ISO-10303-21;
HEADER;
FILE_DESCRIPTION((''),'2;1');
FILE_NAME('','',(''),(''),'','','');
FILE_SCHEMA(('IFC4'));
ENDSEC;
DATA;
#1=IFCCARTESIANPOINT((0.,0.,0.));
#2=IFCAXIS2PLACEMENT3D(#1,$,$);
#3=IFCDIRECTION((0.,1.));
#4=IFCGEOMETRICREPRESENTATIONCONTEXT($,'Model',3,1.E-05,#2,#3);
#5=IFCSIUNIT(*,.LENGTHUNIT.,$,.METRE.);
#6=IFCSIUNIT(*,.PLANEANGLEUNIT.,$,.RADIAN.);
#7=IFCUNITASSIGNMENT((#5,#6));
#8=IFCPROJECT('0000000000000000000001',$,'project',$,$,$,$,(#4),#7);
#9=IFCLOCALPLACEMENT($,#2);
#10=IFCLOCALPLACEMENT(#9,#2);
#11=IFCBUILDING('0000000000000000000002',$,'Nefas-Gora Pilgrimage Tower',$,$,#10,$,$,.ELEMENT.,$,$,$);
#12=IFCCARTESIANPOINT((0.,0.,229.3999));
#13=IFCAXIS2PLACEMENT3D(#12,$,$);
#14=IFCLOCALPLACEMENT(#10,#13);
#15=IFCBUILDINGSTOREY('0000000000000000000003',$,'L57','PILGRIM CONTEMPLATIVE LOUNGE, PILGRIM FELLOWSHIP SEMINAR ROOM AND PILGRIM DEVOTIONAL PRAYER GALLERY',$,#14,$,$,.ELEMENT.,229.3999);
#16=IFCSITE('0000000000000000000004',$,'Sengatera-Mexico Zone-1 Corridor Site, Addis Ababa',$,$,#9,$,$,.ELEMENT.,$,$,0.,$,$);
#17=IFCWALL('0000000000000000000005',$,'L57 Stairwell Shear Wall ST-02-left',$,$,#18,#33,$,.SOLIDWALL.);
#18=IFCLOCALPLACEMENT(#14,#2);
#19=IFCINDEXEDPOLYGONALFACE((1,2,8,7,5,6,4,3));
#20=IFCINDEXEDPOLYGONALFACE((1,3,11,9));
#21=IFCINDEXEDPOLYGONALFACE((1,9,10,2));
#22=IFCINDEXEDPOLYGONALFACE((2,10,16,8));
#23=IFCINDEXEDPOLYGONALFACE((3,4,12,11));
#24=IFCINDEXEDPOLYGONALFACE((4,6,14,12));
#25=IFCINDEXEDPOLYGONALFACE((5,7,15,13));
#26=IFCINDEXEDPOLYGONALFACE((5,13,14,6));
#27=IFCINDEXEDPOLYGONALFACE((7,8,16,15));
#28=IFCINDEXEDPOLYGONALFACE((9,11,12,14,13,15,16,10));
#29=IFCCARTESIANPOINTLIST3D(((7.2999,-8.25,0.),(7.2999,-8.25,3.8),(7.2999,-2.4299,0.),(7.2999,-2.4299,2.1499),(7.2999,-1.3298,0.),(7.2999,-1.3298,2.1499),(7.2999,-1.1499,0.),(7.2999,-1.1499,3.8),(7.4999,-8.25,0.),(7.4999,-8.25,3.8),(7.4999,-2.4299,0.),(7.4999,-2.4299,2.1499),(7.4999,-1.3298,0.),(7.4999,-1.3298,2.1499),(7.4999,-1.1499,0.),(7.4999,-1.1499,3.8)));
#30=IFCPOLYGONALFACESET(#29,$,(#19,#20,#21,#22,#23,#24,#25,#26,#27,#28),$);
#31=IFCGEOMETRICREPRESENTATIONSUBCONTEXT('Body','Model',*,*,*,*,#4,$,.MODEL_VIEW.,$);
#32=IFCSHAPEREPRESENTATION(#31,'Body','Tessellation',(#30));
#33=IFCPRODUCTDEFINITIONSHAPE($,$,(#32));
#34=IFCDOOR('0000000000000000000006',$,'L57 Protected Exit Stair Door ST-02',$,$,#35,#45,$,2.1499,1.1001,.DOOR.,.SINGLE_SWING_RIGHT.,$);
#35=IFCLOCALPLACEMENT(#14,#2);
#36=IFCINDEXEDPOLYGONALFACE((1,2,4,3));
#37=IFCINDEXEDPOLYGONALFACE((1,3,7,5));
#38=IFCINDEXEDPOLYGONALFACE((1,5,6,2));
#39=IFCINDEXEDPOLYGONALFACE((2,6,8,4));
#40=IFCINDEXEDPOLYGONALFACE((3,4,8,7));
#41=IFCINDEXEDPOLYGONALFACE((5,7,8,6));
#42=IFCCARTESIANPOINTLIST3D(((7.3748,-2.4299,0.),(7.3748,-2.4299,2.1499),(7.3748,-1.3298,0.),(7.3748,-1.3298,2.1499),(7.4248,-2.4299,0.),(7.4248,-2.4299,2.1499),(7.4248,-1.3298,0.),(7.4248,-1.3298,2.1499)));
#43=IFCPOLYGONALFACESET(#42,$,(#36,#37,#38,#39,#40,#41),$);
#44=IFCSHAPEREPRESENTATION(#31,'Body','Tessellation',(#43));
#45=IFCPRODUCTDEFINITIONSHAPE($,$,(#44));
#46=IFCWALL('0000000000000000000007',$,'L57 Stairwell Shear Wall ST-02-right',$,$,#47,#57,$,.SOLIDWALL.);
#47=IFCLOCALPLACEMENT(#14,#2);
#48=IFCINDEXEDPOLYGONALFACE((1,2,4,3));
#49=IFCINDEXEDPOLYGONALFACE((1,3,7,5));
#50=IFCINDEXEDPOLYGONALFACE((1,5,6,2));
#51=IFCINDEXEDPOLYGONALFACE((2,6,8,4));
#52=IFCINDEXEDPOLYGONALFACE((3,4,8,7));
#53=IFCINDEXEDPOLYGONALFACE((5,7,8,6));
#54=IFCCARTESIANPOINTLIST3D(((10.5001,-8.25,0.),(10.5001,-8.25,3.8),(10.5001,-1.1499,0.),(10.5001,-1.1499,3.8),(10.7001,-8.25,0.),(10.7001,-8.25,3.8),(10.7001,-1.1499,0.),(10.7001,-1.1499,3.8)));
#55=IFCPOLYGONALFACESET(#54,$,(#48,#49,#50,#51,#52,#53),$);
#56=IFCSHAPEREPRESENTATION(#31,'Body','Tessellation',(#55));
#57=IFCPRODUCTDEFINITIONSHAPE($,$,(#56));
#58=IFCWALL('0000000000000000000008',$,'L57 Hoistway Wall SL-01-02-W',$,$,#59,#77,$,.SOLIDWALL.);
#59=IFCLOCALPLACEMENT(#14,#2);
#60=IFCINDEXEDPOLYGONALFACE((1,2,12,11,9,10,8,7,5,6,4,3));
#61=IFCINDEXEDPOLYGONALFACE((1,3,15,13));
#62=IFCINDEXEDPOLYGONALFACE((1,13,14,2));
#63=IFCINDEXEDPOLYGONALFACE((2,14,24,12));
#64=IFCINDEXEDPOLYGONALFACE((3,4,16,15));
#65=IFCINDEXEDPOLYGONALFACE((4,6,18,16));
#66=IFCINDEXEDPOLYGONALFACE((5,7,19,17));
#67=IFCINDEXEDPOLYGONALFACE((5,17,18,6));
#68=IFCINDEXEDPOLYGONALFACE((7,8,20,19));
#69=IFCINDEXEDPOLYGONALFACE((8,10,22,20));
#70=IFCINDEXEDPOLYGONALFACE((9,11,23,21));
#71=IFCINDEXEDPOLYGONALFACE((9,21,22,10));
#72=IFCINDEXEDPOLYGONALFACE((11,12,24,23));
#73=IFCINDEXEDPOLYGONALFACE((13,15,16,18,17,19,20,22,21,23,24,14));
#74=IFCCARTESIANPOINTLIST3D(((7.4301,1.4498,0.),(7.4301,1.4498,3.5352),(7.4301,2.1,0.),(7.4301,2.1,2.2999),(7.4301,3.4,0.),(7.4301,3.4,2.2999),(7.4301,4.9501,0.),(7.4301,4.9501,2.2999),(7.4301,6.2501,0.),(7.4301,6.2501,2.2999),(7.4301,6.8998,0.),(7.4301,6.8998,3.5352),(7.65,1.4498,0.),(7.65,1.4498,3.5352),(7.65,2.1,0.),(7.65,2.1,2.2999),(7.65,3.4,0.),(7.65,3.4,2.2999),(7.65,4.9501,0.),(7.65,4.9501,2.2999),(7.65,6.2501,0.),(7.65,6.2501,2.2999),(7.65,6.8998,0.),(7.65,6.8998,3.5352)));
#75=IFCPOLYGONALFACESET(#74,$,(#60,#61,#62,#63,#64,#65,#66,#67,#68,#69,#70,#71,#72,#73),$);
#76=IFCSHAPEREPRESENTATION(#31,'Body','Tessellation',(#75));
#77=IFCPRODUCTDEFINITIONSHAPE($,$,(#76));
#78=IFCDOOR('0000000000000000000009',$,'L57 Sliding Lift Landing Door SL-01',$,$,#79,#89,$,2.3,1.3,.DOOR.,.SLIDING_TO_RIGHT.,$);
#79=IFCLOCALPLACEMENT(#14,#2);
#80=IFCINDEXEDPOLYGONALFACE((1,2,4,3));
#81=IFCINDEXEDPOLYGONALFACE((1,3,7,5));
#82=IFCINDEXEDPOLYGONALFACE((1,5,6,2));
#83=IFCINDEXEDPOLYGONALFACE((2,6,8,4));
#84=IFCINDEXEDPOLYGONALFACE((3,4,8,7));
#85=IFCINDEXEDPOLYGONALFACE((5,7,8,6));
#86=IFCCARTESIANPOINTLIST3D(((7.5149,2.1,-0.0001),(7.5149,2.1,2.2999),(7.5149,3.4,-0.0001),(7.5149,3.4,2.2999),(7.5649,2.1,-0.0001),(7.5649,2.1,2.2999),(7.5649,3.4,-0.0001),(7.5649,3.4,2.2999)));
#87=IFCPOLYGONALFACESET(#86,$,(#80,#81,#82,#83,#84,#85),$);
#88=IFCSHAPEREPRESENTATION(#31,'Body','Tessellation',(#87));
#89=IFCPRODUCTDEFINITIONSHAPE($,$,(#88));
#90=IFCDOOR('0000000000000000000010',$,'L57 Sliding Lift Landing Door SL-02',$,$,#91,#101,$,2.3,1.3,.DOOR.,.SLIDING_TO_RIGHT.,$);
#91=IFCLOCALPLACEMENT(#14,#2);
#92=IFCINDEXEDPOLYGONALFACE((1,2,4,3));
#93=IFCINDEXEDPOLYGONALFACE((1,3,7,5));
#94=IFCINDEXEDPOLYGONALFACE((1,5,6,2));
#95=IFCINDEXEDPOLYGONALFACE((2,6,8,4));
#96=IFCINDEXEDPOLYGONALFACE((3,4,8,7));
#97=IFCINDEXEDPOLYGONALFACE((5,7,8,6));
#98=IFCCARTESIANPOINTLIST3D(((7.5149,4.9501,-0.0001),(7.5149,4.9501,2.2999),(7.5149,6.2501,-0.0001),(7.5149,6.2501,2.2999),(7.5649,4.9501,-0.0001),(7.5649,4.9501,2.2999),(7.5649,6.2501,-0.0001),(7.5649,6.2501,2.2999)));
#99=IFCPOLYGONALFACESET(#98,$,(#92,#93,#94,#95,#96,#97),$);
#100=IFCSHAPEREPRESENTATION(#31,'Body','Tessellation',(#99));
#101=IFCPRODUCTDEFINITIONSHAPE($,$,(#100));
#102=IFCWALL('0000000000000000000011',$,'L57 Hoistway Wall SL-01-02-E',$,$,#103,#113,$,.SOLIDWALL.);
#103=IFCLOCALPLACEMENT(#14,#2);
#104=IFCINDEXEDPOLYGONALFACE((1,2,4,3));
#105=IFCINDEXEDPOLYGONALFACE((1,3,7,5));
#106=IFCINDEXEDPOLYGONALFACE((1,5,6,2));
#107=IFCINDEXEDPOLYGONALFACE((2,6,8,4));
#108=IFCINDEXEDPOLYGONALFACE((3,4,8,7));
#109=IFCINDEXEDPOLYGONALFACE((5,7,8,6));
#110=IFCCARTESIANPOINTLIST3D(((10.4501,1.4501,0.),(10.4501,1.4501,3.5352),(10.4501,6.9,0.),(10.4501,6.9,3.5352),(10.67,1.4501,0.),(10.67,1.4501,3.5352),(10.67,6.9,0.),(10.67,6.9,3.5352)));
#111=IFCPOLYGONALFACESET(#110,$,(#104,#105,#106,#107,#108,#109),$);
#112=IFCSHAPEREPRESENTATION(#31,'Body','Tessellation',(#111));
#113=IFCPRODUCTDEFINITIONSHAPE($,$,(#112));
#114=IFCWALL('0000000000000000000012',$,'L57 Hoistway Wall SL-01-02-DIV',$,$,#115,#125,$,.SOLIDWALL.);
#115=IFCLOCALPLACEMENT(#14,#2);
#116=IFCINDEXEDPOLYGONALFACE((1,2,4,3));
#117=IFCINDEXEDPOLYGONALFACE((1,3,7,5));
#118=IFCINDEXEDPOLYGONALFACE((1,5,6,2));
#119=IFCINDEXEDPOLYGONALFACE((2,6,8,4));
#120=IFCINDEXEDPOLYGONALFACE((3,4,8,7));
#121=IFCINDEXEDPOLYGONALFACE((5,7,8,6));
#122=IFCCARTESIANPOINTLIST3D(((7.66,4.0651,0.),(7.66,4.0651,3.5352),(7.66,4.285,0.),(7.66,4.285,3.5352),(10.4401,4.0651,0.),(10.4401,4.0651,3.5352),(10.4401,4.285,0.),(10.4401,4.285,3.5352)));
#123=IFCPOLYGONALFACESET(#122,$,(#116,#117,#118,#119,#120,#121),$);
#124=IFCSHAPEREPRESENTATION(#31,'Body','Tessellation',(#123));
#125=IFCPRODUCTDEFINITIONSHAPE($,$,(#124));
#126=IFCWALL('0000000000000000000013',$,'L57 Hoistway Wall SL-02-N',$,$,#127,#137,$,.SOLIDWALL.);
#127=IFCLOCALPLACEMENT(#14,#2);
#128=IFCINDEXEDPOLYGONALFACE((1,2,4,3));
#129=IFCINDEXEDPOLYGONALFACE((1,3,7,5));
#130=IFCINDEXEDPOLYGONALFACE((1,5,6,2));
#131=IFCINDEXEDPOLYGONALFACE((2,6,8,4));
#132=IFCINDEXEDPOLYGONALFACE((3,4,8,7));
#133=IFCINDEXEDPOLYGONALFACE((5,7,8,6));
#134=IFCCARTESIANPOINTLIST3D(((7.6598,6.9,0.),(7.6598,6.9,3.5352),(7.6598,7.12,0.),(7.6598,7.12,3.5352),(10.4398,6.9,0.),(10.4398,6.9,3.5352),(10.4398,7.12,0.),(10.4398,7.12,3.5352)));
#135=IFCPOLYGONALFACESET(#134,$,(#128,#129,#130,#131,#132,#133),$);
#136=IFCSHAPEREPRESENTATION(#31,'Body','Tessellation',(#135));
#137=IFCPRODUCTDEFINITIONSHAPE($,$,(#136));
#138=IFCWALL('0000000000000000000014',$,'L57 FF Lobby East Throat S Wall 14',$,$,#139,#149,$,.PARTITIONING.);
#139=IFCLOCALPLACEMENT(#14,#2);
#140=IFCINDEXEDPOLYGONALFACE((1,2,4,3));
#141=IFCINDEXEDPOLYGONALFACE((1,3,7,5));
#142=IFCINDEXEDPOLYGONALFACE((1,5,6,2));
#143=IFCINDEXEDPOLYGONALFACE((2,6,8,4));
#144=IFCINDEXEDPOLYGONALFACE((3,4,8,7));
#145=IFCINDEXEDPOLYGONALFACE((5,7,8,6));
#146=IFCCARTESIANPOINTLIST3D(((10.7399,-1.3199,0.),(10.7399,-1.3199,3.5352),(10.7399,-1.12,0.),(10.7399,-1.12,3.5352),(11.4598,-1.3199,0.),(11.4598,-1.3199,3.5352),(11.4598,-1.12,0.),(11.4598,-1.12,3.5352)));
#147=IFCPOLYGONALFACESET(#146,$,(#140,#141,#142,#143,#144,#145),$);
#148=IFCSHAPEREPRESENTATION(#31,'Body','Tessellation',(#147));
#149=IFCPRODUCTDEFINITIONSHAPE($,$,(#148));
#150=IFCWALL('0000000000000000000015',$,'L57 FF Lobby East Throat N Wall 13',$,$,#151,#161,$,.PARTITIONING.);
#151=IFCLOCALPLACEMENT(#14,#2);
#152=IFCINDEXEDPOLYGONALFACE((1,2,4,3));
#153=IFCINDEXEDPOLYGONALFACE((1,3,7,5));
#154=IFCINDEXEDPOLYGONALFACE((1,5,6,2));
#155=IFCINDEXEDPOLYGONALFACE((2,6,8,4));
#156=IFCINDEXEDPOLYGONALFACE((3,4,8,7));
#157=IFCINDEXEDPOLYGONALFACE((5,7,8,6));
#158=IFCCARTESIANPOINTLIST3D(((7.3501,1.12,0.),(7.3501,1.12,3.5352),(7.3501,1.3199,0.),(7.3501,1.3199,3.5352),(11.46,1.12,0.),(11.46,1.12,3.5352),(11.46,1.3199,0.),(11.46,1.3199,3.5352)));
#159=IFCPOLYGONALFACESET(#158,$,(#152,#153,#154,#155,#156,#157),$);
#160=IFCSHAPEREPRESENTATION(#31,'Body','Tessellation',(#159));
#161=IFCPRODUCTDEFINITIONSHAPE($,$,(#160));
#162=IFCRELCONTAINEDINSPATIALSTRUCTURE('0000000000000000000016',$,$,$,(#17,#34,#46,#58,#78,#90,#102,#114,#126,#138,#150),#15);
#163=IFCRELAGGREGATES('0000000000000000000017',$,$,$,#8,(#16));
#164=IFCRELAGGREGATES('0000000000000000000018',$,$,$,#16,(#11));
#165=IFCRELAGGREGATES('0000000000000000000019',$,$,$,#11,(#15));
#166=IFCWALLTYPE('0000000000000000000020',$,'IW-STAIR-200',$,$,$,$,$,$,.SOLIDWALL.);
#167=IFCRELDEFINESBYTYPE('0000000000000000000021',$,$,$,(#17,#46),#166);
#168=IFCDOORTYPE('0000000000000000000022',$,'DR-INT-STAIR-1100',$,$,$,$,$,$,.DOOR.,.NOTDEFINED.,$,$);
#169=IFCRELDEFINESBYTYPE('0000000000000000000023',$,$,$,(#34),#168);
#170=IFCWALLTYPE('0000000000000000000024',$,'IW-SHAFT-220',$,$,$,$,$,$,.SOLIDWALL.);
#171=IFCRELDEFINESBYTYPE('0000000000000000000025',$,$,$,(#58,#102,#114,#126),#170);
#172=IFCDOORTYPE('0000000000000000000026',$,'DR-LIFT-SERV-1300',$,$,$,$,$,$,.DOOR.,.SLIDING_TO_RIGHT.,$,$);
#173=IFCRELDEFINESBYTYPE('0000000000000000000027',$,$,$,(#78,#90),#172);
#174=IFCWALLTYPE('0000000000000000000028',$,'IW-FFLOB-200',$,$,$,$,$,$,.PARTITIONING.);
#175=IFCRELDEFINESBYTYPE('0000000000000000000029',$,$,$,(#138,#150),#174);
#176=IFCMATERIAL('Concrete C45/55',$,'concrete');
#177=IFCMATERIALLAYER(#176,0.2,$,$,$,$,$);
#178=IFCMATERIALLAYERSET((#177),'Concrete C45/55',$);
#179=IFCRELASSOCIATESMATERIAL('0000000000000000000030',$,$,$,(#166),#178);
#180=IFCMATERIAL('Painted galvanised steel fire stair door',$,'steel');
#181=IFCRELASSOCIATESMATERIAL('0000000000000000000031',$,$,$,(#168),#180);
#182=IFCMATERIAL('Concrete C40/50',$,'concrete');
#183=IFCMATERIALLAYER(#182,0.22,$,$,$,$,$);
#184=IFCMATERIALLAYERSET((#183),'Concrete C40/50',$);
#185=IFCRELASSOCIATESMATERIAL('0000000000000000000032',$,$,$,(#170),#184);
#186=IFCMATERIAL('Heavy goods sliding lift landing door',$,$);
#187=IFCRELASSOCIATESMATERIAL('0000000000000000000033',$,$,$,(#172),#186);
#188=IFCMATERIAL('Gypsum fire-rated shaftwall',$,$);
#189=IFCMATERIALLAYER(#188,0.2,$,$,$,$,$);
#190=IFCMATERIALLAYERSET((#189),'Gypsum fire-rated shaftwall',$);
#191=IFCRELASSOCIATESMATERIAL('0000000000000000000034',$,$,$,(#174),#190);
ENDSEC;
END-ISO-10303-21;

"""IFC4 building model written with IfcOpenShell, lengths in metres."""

from ifc_helpers import new_model, si_unit, direction, frame, frame_2d, origin, place, context, subcontext, project, spatial, rectangle, extrude, source, transform, mapped, material, layer, layer_set, type_object, element, fill, save


model = new_model("IFC4")

# Units and contexts
model_context = context("Model", 3, precision=1e-05, world=origin(), true_north=direction((0.0, 1.0)))
body_context = subcontext(model_context, "Body", "Model", "MODEL_VIEW")
ifc_project = project(units=[si_unit("LENGTHUNIT", "METRE"), si_unit("PLANEANGLEUNIT", "RADIAN")], contexts=[model_context])

# Site, building, storey
site_placement = place(None, origin())
site = spatial("IfcSite", under=ifc_project, at=site_placement, Name="Sengatera-Mexico Zone-1 Corridor Site, Addis Ababa", CompositionType="ELEMENT", RefElevation=0.0)
building_placement = place(site_placement, origin())
building = spatial("IfcBuilding", under=site, at=building_placement, Name="Nefas-Gora Pilgrimage Tower", CompositionType="ELEMENT")
storey_placement = place(building_placement, frame((0.0, 0.0, 229.3999)))
storey = spatial("IfcBuildingStorey", under=building, at=storey_placement, Name="L57", Description="PILGRIM CONTEMPLATIVE LOUNGE, PILGRIM FELLOWSHIP SEMINAR ROOM AND PILGRIM DEVOTIONAL PRAYER GALLERY", CompositionType="ELEMENT", Elevation=229.3999)

# Shared definitions
ifc_material_1 = material(Name="Concrete C45/55", Category="concrete")
ifc_layer_1 = layer(ifc_material_1, 0.2)
ifc_layer_set_1 = layer_set([ifc_layer_1], Name="Concrete C45/55")
wall_type_1 = type_object("IfcWallType", Name="IW-STAIR-200", PredefinedType="SOLIDWALL", material=ifc_layer_set_1)

# Wall, opening, door
shared_shape_1 = source(origin(), body_context, "Body", "SweptSolid", [
    extrude(rectangle(XDim=7.1001, YDim=0.2, at=frame_2d((3.55, 0.0))), origin(), (0.0, 0.0, 1.0), 3.8),
])
wall_1_placement = place(storey_placement, frame((7.3999, -1.1499, 0.0), z_axis=(0.0, 0.0, 1.0), x_axis=(0.0, -1.0, 0.0)))
wall_1 = element("IfcWall", 1, at=wall_1_placement, inside=storey, type_object=wall_type_1, Name="L57 Stairwell Shear Wall ST-02-left", PredefinedType="SOLIDWALL", context=body_context, shape_type="MappedRepresentation", body=[
    mapped(shared_shape_1, transform((0.0, 0.0, 0.0), x_axis=(1.0, 0.0, 0.0), y_axis=(0.0, 1.0, 0.0), z_axis=(0.0, 0.0, 1.0), scale=1.0)),
])
opening_1_placement = place(wall_1_placement, frame((0.1799, 0.0, 0.0)))
opening_1 = element("IfcOpeningElement", 2, at=opening_1_placement, cuts=wall_1, PredefinedType="OPENING", context=body_context, shape_type="SweptSolid", body=[
    extrude(rectangle(XDim=1.1001, YDim=2.1499, at=frame_2d((0.55, 1.075))), frame((0.0, 0.1099, 0.0), z_axis=(0.0, -1.0, 0.0), x_axis=(1.0, 0.0, 0.0)), (0.0, 0.0, 1.0), 0.22),
])
ifc_material_2 = material(Name="Painted galvanised steel fire stair door", Category="steel")
door_type_1 = type_object("IfcDoorType", Name="DR-INT-STAIR-1100", OperationType="NOTDEFINED", PredefinedType="DOOR", material=ifc_material_2)
shared_shape_2 = source(origin(), body_context, "Body", "SweptSolid", [
    extrude(rectangle(XDim=1.1001, YDim=2.1499, at=frame_2d((0.55, 1.075))), frame((0.0, 0.0249, 0.0), z_axis=(0.0, -1.0, 0.0), x_axis=(1.0, 0.0, 0.0)), (0.0, 0.0, 1.0), 0.05),
])
door_1_placement = place(opening_1_placement, origin())
door_1 = element("IfcDoor", 3, at=door_1_placement, inside=storey, type_object=door_type_1, Name="L57 Protected Exit Stair Door ST-02", OperationType="SINGLE_SWING_RIGHT", OverallHeight=2.1499, OverallWidth=1.1001, PredefinedType="DOOR", context=body_context, shape_type="MappedRepresentation", body=[
    mapped(shared_shape_2, transform((0.0, 0.0, 0.0), x_axis=(1.0, 0.0, 0.0), y_axis=(0.0, 1.0, 0.0), z_axis=(0.0, 0.0, 1.0), scale=1.0)),
])
fill(opening_1, door_1)

# Wall
wall_2_placement = place(storey_placement, frame((10.6001, -1.1499, 0.0), z_axis=(0.0, 0.0, 1.0), x_axis=(0.0, -1.0, 0.0)))
element("IfcWall", 4, at=wall_2_placement, inside=storey, type_object=wall_type_1, Name="L57 Stairwell Shear Wall ST-02-right", PredefinedType="SOLIDWALL", context=body_context, shape_type="MappedRepresentation", body=[
    mapped(shared_shape_1, transform((0.0, 0.0, 0.0), x_axis=(1.0, 0.0, 0.0), y_axis=(0.0, 1.0, 0.0), z_axis=(0.0, 0.0, 1.0), scale=1.0)),
])

# Wall, openings, doors
ifc_material_3 = material(Name="Concrete C40/50", Category="concrete")
ifc_layer_2 = layer(ifc_material_3, 0.22)
ifc_layer_set_2 = layer_set([ifc_layer_2], Name="Concrete C40/50")
wall_type_2 = type_object("IfcWallType", Name="IW-SHAFT-220", PredefinedType="SOLIDWALL", material=ifc_layer_set_2)
shared_shape_3 = source(origin(), body_context, "Body", "SweptSolid", [
    extrude(rectangle(XDim=5.45, YDim=0.22, at=frame_2d((2.7251, 0.0))), origin(), (0.0, 0.0, 1.0), 3.5352),
])
wall_3_placement = place(storey_placement, frame((7.54, 6.8999, 0.0), z_axis=(0.0, 0.0, 1.0), x_axis=(0.0, -1.0, 0.0)))
wall_3 = element("IfcWall", 5, at=wall_3_placement, inside=storey, type_object=wall_type_2, Name="L57 Hoistway Wall SL-01-02-W", PredefinedType="SOLIDWALL", context=body_context, shape_type="MappedRepresentation", body=[
    mapped(shared_shape_3, transform((0.0, 0.0, 0.0), x_axis=(1.0, 0.0, 0.0), y_axis=(0.0, 1.0, 0.0), z_axis=(0.0, 0.0, 1.0), scale=1.0)),
])
opening_2_placement = place(wall_3_placement, frame((3.5, 0.0, 0.0)))
opening_2 = element("IfcOpeningElement", 6, at=opening_2_placement, cuts=wall_3, PredefinedType="OPENING", context=body_context, shape_type="SweptSolid", body=[
    extrude(rectangle(XDim=1.3, YDim=2.3, at=frame_2d((0.6499, 1.1499))), frame((0.0, 0.1199, 0.0), z_axis=(0.0, -1.0, 0.0), x_axis=(1.0, 0.0, 0.0)), (0.0, 0.0, 1.0), 0.24),
])
opening_3_placement = place(wall_3_placement, frame((0.6499, 0.0, 0.0)))
opening_3 = element("IfcOpeningElement", 7, at=opening_3_placement, cuts=wall_3, PredefinedType="OPENING", context=body_context, shape_type="SweptSolid", body=[
    extrude(rectangle(XDim=1.3, YDim=2.3, at=frame_2d((0.6499, 1.1499))), frame((0.0, 0.1199, 0.0), z_axis=(0.0, -1.0, 0.0), x_axis=(1.0, 0.0, 0.0)), (0.0, 0.0, 1.0), 0.24),
])
ifc_material_4 = material(Name="Heavy goods sliding lift landing door")
door_type_2 = type_object("IfcDoorType", Name="DR-LIFT-SERV-1300", OperationType="SLIDING_TO_RIGHT", PredefinedType="DOOR", material=ifc_material_4)
shared_shape_4 = source(origin(), body_context, "Body", "SweptSolid", [
    extrude(rectangle(XDim=1.3, YDim=2.3, at=frame_2d((0.6499, 1.1499))), frame((0.0, 0.0249, 0.0), z_axis=(0.0, -1.0, 0.0), x_axis=(1.0, 0.0, 0.0)), (0.0, 0.0, 1.0), 0.05),
])
door_2_placement = place(opening_2_placement, origin())
door_2 = element("IfcDoor", 8, at=door_2_placement, inside=storey, type_object=door_type_2, Name="L57 Sliding Lift Landing Door SL-01", OperationType="SLIDING_TO_RIGHT", OverallHeight=2.3, OverallWidth=1.3, PredefinedType="DOOR", context=body_context, shape_type="MappedRepresentation", body=[
    mapped(shared_shape_4, transform((0.0, 0.0, 0.0), x_axis=(1.0, 0.0, 0.0), y_axis=(0.0, 1.0, 0.0), z_axis=(0.0, 0.0, 1.0), scale=1.0)),
])
fill(opening_2, door_2)
door_3_placement = place(opening_3_placement, origin())
door_3 = element("IfcDoor", 9, at=door_3_placement, inside=storey, type_object=door_type_2, Name="L57 Sliding Lift Landing Door SL-02", OperationType="SLIDING_TO_RIGHT", OverallHeight=2.3, OverallWidth=1.3, PredefinedType="DOOR", context=body_context, shape_type="MappedRepresentation", body=[
    mapped(shared_shape_4, transform((0.0, 0.0, 0.0), x_axis=(1.0, 0.0, 0.0), y_axis=(0.0, 1.0, 0.0), z_axis=(0.0, 0.0, 1.0), scale=1.0)),
])
fill(opening_3, door_3)

# Walls
wall_4_placement = place(storey_placement, frame((10.5601, 1.45, 0.0), z_axis=(0.0, 0.0, 1.0), x_axis=(0.0, 1.0, 0.0)))
element("IfcWall", 10, at=wall_4_placement, inside=storey, type_object=wall_type_2, Name="L57 Hoistway Wall SL-01-02-E", PredefinedType="SOLIDWALL", context=body_context, shape_type="MappedRepresentation", body=[
    mapped(shared_shape_3, transform((0.0, 0.0, 0.0), x_axis=(1.0, 0.0, 0.0), y_axis=(0.0, 1.0, 0.0), z_axis=(0.0, 0.0, 1.0), scale=1.0)),
])
shared_shape_5 = source(origin(), body_context, "Body", "SweptSolid", [
    extrude(rectangle(XDim=2.78, YDim=0.22, at=frame_2d((1.3901, 0.0))), origin(), (0.0, 0.0, 1.0), 3.5352),
])
for number, where, z_axis, x_axis, name in (
    (11, (7.6599, 4.175, 0.0), (0.0, 0.0, 1.0), (1.0, 0.0, 0.0), "L57 Hoistway Wall SL-01-02-DIV"),
    (12, (10.4399, 7.01, 0.0), (0.0, 0.0, 1.0), (-1.0, 0.0, 0.0), "L57 Hoistway Wall SL-02-N"),
):
    element("IfcWall", number, at=place(storey_placement, frame(where, z_axis=z_axis, x_axis=x_axis)), inside=storey, type_object=wall_type_2, Name=name, PredefinedType="SOLIDWALL", context=body_context, shape_type="MappedRepresentation", body=[
        mapped(shared_shape_5, transform((0.0, 0.0, 0.0), x_axis=(1.0, 0.0, 0.0), y_axis=(0.0, 1.0, 0.0), z_axis=(0.0, 0.0, 1.0), scale=1.0)),
    ])
ifc_material_5 = material(Name="Gypsum fire-rated shaftwall")
ifc_layer_3 = layer(ifc_material_5, 0.2)
ifc_layer_set_3 = layer_set([ifc_layer_3], Name="Gypsum fire-rated shaftwall")
wall_type_3 = type_object("IfcWallType", Name="IW-FFLOB-200", PredefinedType="PARTITIONING", material=ifc_layer_set_3)
shared_shape_6 = source(origin(), body_context, "Body", "SweptSolid", [
    extrude(rectangle(XDim=0.72, YDim=0.2, at=frame_2d((0.3599, 0.0))), origin(), (0.0, 0.0, 1.0), 3.5352),
])
wall_5_placement = place(storey_placement, frame((10.74, -1.22, 0.0), z_axis=(0.0, 0.0, 1.0), x_axis=(1.0, 0.0, 0.0)))
element("IfcWall", 13, at=wall_5_placement, inside=storey, type_object=wall_type_3, Name="L57 FF Lobby East Throat S Wall 14", PredefinedType="PARTITIONING", context=body_context, shape_type="MappedRepresentation", body=[
    mapped(shared_shape_6, transform((0.0, 0.0, 0.0), x_axis=(1.0, 0.0, 0.0), y_axis=(0.0, 1.0, 0.0), z_axis=(0.0, 0.0, 1.0), scale=1.0)),
])
shared_shape_7 = source(origin(), body_context, "Body", "SweptSolid", [
    extrude(rectangle(XDim=4.1099, YDim=0.2, at=frame_2d((2.0549, 0.0))), origin(), (0.0, 0.0, 1.0), 3.5352),
])
wall_6_placement = place(storey_placement, frame((7.3501, 1.22, 0.0), z_axis=(0.0, 0.0, 1.0), x_axis=(1.0, 0.0, 0.0)))
element("IfcWall", 14, at=wall_6_placement, inside=storey, type_object=wall_type_3, Name="L57 FF Lobby East Throat N Wall 13", PredefinedType="PARTITIONING", context=body_context, shape_type="MappedRepresentation", body=[
    mapped(shared_shape_7, transform((0.0, 0.0, 0.0), x_axis=(1.0, 0.0, 0.0), y_axis=(0.0, 1.0, 0.0), z_axis=(0.0, 0.0, 1.0), scale=1.0)),
])

save(model, "model.ifc")
